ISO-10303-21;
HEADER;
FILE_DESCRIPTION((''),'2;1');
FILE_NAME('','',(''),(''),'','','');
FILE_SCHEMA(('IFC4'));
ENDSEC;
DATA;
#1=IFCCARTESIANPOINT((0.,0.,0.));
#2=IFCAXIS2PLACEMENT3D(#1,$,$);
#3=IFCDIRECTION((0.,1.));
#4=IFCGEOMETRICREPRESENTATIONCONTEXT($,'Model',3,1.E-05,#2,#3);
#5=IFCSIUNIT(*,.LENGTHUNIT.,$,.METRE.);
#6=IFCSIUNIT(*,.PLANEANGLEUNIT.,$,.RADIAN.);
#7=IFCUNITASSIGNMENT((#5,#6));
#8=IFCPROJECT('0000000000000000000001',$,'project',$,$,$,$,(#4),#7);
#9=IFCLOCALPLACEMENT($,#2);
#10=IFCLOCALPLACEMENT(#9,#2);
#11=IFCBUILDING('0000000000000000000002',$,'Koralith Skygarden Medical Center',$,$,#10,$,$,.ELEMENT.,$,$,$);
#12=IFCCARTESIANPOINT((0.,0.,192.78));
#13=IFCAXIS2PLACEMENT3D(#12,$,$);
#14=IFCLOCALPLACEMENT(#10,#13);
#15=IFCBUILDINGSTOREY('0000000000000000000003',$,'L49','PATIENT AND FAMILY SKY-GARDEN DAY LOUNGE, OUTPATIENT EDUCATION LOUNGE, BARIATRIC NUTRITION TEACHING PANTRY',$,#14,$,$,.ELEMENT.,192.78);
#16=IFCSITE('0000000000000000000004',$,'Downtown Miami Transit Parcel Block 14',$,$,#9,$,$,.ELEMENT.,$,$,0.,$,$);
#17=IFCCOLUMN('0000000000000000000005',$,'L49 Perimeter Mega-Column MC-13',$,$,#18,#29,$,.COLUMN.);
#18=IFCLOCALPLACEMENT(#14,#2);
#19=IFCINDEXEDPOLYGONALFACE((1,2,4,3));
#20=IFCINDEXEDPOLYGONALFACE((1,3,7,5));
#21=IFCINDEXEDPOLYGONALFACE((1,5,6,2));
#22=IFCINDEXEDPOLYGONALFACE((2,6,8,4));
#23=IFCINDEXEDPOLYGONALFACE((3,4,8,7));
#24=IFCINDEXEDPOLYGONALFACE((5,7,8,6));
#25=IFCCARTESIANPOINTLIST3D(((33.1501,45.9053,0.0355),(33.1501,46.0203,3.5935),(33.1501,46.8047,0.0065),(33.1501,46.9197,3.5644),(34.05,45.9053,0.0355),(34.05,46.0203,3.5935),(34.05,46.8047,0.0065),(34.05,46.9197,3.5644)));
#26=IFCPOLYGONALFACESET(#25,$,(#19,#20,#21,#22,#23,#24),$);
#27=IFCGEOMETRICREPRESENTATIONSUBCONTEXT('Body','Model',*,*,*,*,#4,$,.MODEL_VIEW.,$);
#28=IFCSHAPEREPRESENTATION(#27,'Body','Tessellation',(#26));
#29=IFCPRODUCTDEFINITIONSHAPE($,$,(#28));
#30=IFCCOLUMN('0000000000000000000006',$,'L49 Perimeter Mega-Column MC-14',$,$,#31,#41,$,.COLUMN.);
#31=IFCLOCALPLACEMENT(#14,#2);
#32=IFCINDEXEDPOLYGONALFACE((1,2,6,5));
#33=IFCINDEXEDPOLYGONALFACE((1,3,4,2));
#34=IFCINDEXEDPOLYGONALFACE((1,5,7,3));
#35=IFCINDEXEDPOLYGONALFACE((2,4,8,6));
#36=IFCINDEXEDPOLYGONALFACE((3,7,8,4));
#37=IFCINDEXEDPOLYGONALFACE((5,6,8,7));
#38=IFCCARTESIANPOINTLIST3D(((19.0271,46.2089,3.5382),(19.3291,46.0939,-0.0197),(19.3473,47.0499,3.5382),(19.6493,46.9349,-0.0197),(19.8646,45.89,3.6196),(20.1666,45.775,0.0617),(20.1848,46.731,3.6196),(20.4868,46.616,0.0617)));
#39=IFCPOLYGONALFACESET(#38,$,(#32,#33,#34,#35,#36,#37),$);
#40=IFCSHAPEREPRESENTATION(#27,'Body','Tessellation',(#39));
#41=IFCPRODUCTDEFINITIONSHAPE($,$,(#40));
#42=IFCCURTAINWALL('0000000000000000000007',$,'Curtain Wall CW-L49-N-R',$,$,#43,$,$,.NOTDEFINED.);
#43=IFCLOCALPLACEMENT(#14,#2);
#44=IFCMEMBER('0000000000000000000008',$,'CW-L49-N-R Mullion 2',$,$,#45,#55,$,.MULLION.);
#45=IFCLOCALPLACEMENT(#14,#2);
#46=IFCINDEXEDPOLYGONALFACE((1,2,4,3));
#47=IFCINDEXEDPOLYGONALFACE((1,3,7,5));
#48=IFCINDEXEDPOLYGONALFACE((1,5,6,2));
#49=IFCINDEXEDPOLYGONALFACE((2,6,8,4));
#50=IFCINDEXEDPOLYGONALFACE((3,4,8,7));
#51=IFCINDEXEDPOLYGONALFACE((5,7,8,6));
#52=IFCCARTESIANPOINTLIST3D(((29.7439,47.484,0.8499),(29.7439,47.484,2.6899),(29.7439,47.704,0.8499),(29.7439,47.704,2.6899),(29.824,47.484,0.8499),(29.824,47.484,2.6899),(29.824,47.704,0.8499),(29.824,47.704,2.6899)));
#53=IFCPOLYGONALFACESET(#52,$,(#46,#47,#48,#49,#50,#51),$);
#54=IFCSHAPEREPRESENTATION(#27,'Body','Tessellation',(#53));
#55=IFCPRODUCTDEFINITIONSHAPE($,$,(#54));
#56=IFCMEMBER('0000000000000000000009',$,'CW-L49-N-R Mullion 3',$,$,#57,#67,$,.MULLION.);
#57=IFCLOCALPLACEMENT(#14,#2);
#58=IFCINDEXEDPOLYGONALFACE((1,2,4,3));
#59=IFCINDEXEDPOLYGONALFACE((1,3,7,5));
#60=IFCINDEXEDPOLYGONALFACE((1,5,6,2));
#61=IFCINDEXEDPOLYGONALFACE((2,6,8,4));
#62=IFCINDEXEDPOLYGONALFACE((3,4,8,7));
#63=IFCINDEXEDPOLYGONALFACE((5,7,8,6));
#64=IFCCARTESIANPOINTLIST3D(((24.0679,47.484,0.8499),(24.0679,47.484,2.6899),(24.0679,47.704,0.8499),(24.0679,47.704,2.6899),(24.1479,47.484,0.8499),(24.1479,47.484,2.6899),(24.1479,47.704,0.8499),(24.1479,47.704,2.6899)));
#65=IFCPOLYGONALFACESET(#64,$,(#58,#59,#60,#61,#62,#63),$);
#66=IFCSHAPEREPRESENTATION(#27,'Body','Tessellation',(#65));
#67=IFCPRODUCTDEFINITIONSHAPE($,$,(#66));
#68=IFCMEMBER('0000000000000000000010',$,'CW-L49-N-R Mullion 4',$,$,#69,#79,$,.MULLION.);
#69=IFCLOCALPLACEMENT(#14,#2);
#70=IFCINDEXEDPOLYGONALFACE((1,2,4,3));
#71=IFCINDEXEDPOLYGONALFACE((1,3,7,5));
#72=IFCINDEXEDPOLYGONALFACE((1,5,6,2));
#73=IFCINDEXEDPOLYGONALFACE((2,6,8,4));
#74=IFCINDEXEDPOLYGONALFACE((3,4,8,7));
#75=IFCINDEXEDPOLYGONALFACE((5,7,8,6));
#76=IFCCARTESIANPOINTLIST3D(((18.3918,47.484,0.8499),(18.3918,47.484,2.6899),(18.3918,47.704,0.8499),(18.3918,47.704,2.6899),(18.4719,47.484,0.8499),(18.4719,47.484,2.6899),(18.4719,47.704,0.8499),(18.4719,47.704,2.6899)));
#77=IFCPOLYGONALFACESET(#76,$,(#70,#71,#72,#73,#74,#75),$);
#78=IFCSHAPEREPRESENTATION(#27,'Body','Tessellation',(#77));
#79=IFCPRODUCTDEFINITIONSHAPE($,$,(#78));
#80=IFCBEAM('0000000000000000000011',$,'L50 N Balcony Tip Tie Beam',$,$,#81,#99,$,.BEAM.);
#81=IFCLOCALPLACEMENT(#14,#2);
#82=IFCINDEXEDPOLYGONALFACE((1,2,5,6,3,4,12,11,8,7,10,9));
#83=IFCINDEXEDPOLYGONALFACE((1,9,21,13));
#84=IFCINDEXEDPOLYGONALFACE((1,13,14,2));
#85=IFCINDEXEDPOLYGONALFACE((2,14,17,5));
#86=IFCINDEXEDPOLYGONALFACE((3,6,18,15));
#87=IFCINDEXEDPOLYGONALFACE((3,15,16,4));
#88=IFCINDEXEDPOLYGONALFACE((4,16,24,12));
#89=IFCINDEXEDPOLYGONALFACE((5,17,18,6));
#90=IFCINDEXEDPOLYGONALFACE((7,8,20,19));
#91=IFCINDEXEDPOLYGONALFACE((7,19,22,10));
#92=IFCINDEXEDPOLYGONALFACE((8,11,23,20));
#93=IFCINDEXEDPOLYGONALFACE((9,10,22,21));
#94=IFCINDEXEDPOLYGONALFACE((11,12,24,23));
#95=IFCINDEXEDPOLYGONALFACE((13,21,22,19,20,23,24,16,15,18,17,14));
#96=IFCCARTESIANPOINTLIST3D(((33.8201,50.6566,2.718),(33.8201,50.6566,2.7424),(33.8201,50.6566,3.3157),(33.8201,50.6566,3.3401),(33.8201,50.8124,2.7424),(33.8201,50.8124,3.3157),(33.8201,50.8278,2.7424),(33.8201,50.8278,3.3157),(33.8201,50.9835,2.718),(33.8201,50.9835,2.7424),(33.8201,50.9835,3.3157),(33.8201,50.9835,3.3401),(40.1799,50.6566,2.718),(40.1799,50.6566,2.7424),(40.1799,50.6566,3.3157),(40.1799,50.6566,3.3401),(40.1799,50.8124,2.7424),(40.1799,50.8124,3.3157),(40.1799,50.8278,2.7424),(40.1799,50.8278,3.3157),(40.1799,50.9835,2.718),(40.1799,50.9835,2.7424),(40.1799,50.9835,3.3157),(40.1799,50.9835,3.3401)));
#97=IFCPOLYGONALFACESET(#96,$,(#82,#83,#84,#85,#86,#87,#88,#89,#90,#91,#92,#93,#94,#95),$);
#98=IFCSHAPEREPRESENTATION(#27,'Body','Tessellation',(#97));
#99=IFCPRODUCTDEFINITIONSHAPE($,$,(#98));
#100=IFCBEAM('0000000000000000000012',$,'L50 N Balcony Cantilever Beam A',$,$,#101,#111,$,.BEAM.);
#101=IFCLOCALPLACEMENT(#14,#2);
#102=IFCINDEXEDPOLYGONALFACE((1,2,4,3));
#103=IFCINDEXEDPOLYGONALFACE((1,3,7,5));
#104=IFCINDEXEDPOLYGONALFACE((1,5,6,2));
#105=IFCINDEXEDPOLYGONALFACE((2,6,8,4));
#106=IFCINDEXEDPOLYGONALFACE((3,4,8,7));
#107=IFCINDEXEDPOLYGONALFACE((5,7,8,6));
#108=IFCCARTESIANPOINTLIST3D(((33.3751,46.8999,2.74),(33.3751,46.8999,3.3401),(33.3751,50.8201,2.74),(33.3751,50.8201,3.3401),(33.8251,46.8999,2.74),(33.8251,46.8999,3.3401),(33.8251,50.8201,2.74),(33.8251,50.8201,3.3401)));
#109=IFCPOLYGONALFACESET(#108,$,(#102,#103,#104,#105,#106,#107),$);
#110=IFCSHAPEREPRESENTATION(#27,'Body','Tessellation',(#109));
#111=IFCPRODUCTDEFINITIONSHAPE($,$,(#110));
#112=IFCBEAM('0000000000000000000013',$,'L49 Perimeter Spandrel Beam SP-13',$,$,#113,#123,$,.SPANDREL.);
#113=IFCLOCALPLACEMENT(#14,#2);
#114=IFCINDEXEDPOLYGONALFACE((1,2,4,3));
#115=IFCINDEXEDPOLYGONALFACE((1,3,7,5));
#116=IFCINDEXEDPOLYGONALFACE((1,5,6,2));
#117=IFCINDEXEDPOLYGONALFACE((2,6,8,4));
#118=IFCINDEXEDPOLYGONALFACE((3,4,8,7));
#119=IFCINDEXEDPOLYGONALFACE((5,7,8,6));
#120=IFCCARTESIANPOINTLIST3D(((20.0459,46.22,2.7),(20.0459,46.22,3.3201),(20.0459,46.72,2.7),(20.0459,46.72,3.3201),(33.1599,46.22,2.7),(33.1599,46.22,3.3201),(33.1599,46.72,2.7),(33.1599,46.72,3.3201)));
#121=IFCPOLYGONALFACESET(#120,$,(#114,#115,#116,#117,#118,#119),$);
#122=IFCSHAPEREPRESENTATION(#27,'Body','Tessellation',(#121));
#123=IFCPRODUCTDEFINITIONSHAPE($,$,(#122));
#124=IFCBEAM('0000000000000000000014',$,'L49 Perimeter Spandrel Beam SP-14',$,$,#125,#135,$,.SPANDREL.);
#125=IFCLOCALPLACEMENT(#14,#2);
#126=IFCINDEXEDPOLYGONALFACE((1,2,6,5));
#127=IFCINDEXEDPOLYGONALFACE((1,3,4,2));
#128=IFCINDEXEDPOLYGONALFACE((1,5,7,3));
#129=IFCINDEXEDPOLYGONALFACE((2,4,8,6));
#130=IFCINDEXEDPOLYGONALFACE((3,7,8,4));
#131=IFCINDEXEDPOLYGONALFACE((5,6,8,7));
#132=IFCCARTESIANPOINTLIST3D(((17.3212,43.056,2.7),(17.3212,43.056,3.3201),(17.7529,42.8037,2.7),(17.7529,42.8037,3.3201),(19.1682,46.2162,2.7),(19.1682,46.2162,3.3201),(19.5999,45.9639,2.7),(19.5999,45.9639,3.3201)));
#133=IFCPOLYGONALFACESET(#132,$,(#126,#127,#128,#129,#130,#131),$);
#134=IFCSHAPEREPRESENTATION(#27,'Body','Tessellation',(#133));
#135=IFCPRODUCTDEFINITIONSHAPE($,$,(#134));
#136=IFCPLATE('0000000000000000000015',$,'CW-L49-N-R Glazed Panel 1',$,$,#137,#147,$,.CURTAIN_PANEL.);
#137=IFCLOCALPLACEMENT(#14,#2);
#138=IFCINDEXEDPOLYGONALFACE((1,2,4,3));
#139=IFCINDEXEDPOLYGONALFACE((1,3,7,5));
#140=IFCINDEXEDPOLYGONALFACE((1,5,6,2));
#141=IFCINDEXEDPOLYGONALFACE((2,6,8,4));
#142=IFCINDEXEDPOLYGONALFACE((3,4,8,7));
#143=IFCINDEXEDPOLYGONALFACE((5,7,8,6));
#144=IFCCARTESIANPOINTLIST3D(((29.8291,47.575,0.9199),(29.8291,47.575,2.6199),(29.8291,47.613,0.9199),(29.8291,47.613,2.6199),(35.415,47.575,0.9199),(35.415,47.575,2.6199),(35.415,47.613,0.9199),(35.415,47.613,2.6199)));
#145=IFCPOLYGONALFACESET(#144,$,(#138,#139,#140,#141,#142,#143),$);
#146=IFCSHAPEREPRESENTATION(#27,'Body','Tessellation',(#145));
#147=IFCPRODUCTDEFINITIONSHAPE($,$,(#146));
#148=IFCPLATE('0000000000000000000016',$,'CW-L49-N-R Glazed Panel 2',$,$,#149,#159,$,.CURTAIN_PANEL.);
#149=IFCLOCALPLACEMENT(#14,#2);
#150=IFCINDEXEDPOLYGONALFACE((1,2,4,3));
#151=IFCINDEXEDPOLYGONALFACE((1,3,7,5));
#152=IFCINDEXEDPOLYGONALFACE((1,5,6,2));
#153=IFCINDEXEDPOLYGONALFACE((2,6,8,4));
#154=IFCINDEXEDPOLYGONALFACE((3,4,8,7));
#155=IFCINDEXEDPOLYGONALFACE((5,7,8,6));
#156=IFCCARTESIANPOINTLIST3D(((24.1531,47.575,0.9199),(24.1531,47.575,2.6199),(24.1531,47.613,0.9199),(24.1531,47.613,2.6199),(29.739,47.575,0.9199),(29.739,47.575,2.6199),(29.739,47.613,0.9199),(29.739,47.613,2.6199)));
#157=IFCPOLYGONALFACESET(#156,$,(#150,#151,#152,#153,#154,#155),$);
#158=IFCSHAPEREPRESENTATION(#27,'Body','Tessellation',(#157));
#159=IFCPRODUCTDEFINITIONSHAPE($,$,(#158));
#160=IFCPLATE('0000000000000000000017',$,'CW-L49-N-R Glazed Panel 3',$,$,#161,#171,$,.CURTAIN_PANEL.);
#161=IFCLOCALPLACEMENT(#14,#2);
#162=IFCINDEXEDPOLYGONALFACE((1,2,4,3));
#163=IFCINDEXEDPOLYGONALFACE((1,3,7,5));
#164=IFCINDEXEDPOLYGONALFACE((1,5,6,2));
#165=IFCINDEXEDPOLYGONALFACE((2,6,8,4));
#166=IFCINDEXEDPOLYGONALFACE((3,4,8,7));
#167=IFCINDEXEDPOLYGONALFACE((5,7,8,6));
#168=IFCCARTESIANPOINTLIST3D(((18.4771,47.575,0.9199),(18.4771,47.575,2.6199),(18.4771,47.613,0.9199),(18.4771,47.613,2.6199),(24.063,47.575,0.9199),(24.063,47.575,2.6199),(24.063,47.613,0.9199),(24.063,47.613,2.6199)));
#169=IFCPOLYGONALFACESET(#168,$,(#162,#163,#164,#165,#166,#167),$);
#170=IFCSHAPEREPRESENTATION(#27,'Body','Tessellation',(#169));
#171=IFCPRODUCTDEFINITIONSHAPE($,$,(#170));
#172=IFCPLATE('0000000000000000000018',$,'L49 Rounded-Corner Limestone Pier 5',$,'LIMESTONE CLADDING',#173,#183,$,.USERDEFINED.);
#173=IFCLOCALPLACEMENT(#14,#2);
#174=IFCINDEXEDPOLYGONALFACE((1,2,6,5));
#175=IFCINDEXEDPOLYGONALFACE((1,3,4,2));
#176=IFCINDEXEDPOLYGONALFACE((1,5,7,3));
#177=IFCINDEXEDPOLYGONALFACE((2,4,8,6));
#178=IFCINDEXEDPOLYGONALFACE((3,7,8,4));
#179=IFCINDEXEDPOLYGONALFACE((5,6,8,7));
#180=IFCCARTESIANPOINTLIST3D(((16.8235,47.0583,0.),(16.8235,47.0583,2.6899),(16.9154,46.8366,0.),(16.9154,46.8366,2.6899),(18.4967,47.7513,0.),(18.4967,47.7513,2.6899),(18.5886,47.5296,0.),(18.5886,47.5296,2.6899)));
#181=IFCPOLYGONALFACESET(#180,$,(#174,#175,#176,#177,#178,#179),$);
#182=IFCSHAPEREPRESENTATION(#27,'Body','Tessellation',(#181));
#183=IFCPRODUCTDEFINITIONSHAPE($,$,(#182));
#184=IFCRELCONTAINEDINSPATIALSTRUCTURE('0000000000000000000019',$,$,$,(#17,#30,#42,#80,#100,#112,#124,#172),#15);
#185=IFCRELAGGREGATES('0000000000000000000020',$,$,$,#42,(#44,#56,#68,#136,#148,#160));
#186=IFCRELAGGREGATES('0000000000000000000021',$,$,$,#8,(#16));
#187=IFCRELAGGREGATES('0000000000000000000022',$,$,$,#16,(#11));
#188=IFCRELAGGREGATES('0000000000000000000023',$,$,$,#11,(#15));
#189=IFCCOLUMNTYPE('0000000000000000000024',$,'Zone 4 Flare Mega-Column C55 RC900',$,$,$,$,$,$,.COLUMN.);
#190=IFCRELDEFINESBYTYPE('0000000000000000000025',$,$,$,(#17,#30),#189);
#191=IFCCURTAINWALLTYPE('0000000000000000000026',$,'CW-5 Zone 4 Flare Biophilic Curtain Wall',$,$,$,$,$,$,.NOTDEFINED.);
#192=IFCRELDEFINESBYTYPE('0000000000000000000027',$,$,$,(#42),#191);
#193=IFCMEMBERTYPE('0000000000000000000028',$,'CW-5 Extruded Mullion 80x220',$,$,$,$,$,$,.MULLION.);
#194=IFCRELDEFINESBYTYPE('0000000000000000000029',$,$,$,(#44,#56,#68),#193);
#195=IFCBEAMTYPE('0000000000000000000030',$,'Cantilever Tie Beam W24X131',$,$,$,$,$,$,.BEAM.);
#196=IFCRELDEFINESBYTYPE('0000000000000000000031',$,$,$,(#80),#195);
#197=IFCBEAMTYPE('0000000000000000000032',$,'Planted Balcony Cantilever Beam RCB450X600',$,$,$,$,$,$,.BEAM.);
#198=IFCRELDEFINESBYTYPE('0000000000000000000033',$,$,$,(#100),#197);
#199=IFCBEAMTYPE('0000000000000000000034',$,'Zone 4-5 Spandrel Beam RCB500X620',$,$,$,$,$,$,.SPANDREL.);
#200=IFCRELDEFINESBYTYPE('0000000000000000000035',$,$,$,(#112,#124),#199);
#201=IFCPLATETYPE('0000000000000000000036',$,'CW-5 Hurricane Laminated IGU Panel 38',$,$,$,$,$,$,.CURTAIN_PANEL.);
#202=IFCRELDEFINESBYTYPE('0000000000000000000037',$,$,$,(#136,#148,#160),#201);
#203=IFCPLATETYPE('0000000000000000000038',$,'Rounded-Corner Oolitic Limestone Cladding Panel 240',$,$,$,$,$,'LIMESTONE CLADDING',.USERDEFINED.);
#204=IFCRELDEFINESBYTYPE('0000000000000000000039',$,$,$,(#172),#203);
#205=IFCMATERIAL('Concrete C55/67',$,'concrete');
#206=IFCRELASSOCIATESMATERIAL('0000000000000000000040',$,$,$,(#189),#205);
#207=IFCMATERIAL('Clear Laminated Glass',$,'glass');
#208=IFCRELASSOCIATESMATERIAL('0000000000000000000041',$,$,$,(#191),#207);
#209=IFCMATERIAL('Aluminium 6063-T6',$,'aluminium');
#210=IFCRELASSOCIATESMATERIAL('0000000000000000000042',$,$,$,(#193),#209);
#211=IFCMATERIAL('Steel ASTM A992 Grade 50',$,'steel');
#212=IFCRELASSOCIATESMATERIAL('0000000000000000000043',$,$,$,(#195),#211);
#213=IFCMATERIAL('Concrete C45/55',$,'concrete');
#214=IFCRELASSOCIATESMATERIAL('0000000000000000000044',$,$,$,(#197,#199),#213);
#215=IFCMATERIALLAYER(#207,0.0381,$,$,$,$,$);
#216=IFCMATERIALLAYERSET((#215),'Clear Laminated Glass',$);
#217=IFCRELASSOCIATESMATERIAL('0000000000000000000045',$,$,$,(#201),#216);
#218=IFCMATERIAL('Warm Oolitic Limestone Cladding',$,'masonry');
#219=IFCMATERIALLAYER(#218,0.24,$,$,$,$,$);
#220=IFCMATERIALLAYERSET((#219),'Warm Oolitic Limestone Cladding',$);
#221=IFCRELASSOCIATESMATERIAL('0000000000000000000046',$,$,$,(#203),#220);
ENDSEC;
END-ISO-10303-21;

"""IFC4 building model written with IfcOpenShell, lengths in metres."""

from ifc_helpers import new_model, si_unit, direction, frame, origin, origin_2d, place, context, subcontext, project, spatial, rectangle, i_section, extrude, material, layer, layer_set, material_profile, profile_set, type_object, element, aggregate, save


model = new_model("IFC4")

# Units and contexts
model_context = context("Model", 3, precision=1e-05, world=origin(), true_north=direction((0.0, 1.0)))
body_context = subcontext(model_context, "Body", "Model", "MODEL_VIEW")
ifc_project = project(units=[si_unit("LENGTHUNIT", "METRE"), si_unit("PLANEANGLEUNIT", "RADIAN")], contexts=[model_context])

# Site, building, storey
site_placement = place(None, origin())
site = spatial("IfcSite", under=ifc_project, at=site_placement, Name="Downtown Miami Transit Parcel Block 14", CompositionType="ELEMENT", RefElevation=0.0)
building_placement = place(site_placement, origin())
building = spatial("IfcBuilding", under=site, at=building_placement, Name="Koralith Skygarden Medical Center", CompositionType="ELEMENT")
storey_placement = place(building_placement, frame((0.0, 0.0, 192.78)))
storey = spatial("IfcBuildingStorey", under=building, at=storey_placement, Name="L49", Description="PATIENT AND FAMILY SKY-GARDEN DAY LOUNGE, OUTPATIENT EDUCATION LOUNGE, BARIATRIC NUTRITION TEACHING PANTRY", CompositionType="ELEMENT", Elevation=192.78)

# Columns
ifc_material_1 = material(Name="Concrete C55/67", Category="concrete")
ifc_material_profile_1 = material_profile(ifc_material_1, rectangle(XDim=0.8999, YDim=0.8999, at=origin_2d()), Name="RC900X900")
ifc_profile_set_1 = profile_set([ifc_material_profile_1], Name="Concrete C55/67")
column_type = type_object("IfcColumnType", Name="Zone 4 Flare Mega-Column C55 RC900", PredefinedType="COLUMN", material=ifc_profile_set_1)
column_1_placement = place(storey_placement, frame((33.6001, 46.355, 0.021), z_axis=(0.0, 0.032303, 0.999478), x_axis=(-1.0, 0.0, 0.0)))
element("IfcColumn", 1, at=column_1_placement, inside=storey, type_object=column_type, Name="L49 Perimeter Mega-Column MC-13", PredefinedType="COLUMN", context=body_context, shape_type="SweptSolid", body=[
    extrude(rectangle(XDim=0.8999, YDim=0.8999, at=origin_2d()), origin(), (0.0, 0.0, 1.0), 3.5598),
])
column_2_placement = place(storey_placement, frame((19.908, 46.355, 0.021), z_axis=(-0.084535, 0.032188, 0.9959), x_axis=(-0.355838, -0.934548, 0.0)))
element("IfcColumn", 2, at=column_2_placement, inside=storey, type_object=column_type, Name="L49 Perimeter Mega-Column MC-14", PredefinedType="COLUMN", context=body_context, shape_type="SweptSolid", body=[
    extrude(rectangle(XDim=0.8999, YDim=0.8999, at=origin_2d()), origin(), (0.0, 0.0, 1.0), 3.5725),
])

# Curtain wall, members
ifc_material_2 = material(Name="Clear Laminated Glass", Category="glass")
curtain_wall_type = type_object("IfcCurtainWallType", Name="CW-5 Zone 4 Flare Biophilic Curtain Wall", PredefinedType="NOTDEFINED", material=ifc_material_2)
curtain_wall_placement = place(storey_placement, origin())
curtain_wall = element("IfcCurtainWall", 3, at=curtain_wall_placement, inside=storey, type_object=curtain_wall_type, Name="Curtain Wall CW-L49-N-R", PredefinedType="NOTDEFINED")
ifc_material_3 = material(Name="Aluminium 6063-T6", Category="aluminium")
ifc_material_profile_2 = material_profile(ifc_material_3, rectangle(XDim=0.0801, YDim=0.22, at=origin_2d()), Name="MUL80X220")
ifc_profile_set_2 = profile_set([ifc_material_profile_2], Name="Aluminium 6063-T6")
member_type = type_object("IfcMemberType", Name="CW-5 Extruded Mullion 80x220", PredefinedType="MULLION", material=ifc_profile_set_2)
member_1_placement = place(storey_placement, frame((29.7839, 47.594, 0.8499), z_axis=(0.0, 0.0, 1.0), x_axis=(1.0, 0.0, 0.0)))
member_1 = element("IfcMember", 4, at=member_1_placement, type_object=member_type, Name="CW-L49-N-R Mullion 2", PredefinedType="MULLION", context=body_context, shape_type="SweptSolid", body=[
    extrude(rectangle(XDim=0.0801, YDim=0.22, at=origin_2d()), origin(), (0.0, 0.0, 1.0), 1.8401),
])
member_2_placement = place(storey_placement, frame((24.1079, 47.594, 0.8499), z_axis=(0.0, 0.0, 1.0), x_axis=(1.0, 0.0, 0.0)))
member_2 = element("IfcMember", 5, at=member_2_placement, type_object=member_type, Name="CW-L49-N-R Mullion 3", PredefinedType="MULLION", context=body_context, shape_type="SweptSolid", body=[
    extrude(rectangle(XDim=0.0801, YDim=0.22, at=origin_2d()), origin(), (0.0, 0.0, 1.0), 1.8401),
])
member_3_placement = place(storey_placement, frame((18.4319, 47.594, 0.8499), z_axis=(0.0, 0.0, 1.0), x_axis=(1.0, 0.0, 0.0)))
member_3 = element("IfcMember", 6, at=member_3_placement, type_object=member_type, Name="CW-L49-N-R Mullion 4", PredefinedType="MULLION", context=body_context, shape_type="SweptSolid", body=[
    extrude(rectangle(XDim=0.0801, YDim=0.22, at=origin_2d()), origin(), (0.0, 0.0, 1.0), 1.8401),
])

# Beams
ifc_material_4 = material(Name="Steel ASTM A992 Grade 50", Category="steel")
ifc_material_profile_3 = material_profile(ifc_material_4, i_section(OverallWidth=0.3269, OverallDepth=0.6221, WebThickness=0.0154, FlangeThickness=0.0244, at=origin_2d()), Name="W24X131")
ifc_profile_set_3 = profile_set([ifc_material_profile_3], Name="Steel ASTM A992 Grade 50")
beam_type_1 = type_object("IfcBeamType", Name="Cantilever Tie Beam W24X131", PredefinedType="BEAM", material=ifc_profile_set_3)
beam_1_placement = place(storey_placement, frame((33.8201, 50.8201, 3.0291), z_axis=(1.0, 0.0, 0.0), x_axis=(0.0, 1.0, 0.0)))
element("IfcBeam", 7, at=beam_1_placement, inside=storey, type_object=beam_type_1, Name="L50 N Balcony Tip Tie Beam", PredefinedType="BEAM", context=body_context, shape_type="SweptSolid", body=[
    extrude(i_section(OverallWidth=0.3269, OverallDepth=0.6221, WebThickness=0.0154, FlangeThickness=0.0244, at=origin_2d()), origin(), (0.0, 0.0, 1.0), 6.3599),
])
ifc_material_5 = material(Name="Concrete C45/55", Category="concrete")
ifc_material_profile_4 = material_profile(ifc_material_5, rectangle(XDim=0.45, YDim=0.6001, at=origin_2d()), Name="RCB450X600")
ifc_profile_set_4 = profile_set([ifc_material_profile_4], Name="Concrete C45/55")
beam_type_2 = type_object("IfcBeamType", Name="Planted Balcony Cantilever Beam RCB450X600", PredefinedType="BEAM", material=ifc_profile_set_4)
beam_2_placement = place(storey_placement, frame((33.6001, 46.8999, 3.04), z_axis=(0.0, 1.0, 0.0), x_axis=(-1.0, 0.0, 0.0)))
element("IfcBeam", 8, at=beam_2_placement, inside=storey, type_object=beam_type_2, Name="L50 N Balcony Cantilever Beam A", PredefinedType="BEAM", context=body_context, shape_type="SweptSolid", body=[
    extrude(rectangle(XDim=0.45, YDim=0.6001, at=origin_2d()), origin(), (0.0, 0.0, 1.0), 3.9202),
])
ifc_material_profile_5 = material_profile(ifc_material_5, rectangle(XDim=0.5, YDim=0.6201, at=origin_2d()), Name="RCB500X620")
ifc_profile_set_5 = profile_set([ifc_material_profile_5], Name="Concrete C45/55")
beam_type_3 = type_object("IfcBeamType", Name="Zone 4-5 Spandrel Beam RCB500X620", PredefinedType="SPANDREL", material=ifc_profile_set_5)
beam_3_placement = place(storey_placement, frame((33.1599, 46.47, 3.01), z_axis=(-1.0, 0.0, 0.0), x_axis=(0.0, -1.0, 0.0)))
element("IfcBeam", 9, at=beam_3_placement, inside=storey, type_object=beam_type_3, Name="L49 Perimeter Spandrel Beam SP-13", PredefinedType="SPANDREL", context=body_context, shape_type="SweptSolid", body=[
    extrude(rectangle(XDim=0.5, YDim=0.6201, at=origin_2d()), origin(), (0.0, 0.0, 1.0), 13.114),
])
beam_4_placement = place(storey_placement, frame((19.384, 46.0901, 3.01), z_axis=(-0.504584, -0.863363, 0.0), x_axis=(0.863363, -0.504584, 0.0)))
element("IfcBeam", 10, at=beam_4_placement, inside=storey, type_object=beam_type_3, Name="L49 Perimeter Spandrel Beam SP-14", PredefinedType="SPANDREL", context=body_context, shape_type="SweptSolid", body=[
    extrude(rectangle(XDim=0.5, YDim=0.6201, at=origin_2d()), origin(), (0.0, 0.0, 1.0), 3.6604),
])

# Plates
ifc_layer_1 = layer(ifc_material_2, 0.0381)
ifc_layer_set_1 = layer_set([ifc_layer_1], Name="Clear Laminated Glass")
plate_type_1 = type_object("IfcPlateType", Name="CW-5 Hurricane Laminated IGU Panel 38", PredefinedType="CURTAIN_PANEL", material=ifc_layer_set_1)
plate_1_placement = place(storey_placement, frame((32.6221, 47.594, 0.9199), z_axis=(0.0, 0.0, 1.0), x_axis=(-1.0, 0.0, 0.0)))
plate_1 = element("IfcPlate", 11, at=plate_1_placement, type_object=plate_type_1, Name="CW-L49-N-R Glazed Panel 1", PredefinedType="CURTAIN_PANEL", context=body_context, shape_type="SweptSolid", body=[
    extrude(rectangle(XDim=5.5859, YDim=0.0381, at=origin_2d()), origin(), (0.0, 0.0, 1.0), 1.7),
])
plate_2_placement = place(storey_placement, frame((26.946, 47.594, 0.9199), z_axis=(0.0, 0.0, 1.0), x_axis=(-1.0, 0.0, 0.0)))
plate_2 = element("IfcPlate", 12, at=plate_2_placement, type_object=plate_type_1, Name="CW-L49-N-R Glazed Panel 2", PredefinedType="CURTAIN_PANEL", context=body_context, shape_type="SweptSolid", body=[
    extrude(rectangle(XDim=5.5859, YDim=0.0381, at=origin_2d()), origin(), (0.0, 0.0, 1.0), 1.7),
])
plate_3_placement = place(storey_placement, frame((21.27, 47.594, 0.9199), z_axis=(0.0, 0.0, 1.0), x_axis=(-1.0, 0.0, 0.0)))
plate_3 = element("IfcPlate", 13, at=plate_3_placement, type_object=plate_type_1, Name="CW-L49-N-R Glazed Panel 3", PredefinedType="CURTAIN_PANEL", context=body_context, shape_type="SweptSolid", body=[
    extrude(rectangle(XDim=5.5859, YDim=0.0381, at=origin_2d()), origin(), (0.0, 0.0, 1.0), 1.7),
])
aggregate(curtain_wall, [member_1, member_2, member_3, plate_1, plate_2, plate_3])
ifc_material_6 = material(Name="Warm Oolitic Limestone Cladding", Category="masonry")
ifc_layer_2 = layer(ifc_material_6, 0.24)
ifc_layer_set_2 = layer_set([ifc_layer_2], Name="Warm Oolitic Limestone Cladding")
plate_type_2 = type_object("IfcPlateType", Name="Rounded-Corner Oolitic Limestone Cladding Panel 240", ElementType="LIMESTONE CLADDING", PredefinedType="USERDEFINED", material=ifc_layer_set_2)
plate_4_placement = place(storey_placement, frame((17.7061, 47.2939, 0.0), z_axis=(0.0, 0.0, 1.0), x_axis=(-0.923885, -0.382671, 0.0)))
element("IfcPlate", 14, at=plate_4_placement, inside=storey, type_object=plate_type_2, Name="L49 Rounded-Corner Limestone Pier 5", ObjectType="LIMESTONE CLADDING", PredefinedType="USERDEFINED", context=body_context, shape_type="SweptSolid", body=[
    extrude(rectangle(XDim=1.811, YDim=0.24, at=origin_2d()), origin(), (0.0, 0.0, 1.0), 2.6899),
])

save(model, "model.ifc")
